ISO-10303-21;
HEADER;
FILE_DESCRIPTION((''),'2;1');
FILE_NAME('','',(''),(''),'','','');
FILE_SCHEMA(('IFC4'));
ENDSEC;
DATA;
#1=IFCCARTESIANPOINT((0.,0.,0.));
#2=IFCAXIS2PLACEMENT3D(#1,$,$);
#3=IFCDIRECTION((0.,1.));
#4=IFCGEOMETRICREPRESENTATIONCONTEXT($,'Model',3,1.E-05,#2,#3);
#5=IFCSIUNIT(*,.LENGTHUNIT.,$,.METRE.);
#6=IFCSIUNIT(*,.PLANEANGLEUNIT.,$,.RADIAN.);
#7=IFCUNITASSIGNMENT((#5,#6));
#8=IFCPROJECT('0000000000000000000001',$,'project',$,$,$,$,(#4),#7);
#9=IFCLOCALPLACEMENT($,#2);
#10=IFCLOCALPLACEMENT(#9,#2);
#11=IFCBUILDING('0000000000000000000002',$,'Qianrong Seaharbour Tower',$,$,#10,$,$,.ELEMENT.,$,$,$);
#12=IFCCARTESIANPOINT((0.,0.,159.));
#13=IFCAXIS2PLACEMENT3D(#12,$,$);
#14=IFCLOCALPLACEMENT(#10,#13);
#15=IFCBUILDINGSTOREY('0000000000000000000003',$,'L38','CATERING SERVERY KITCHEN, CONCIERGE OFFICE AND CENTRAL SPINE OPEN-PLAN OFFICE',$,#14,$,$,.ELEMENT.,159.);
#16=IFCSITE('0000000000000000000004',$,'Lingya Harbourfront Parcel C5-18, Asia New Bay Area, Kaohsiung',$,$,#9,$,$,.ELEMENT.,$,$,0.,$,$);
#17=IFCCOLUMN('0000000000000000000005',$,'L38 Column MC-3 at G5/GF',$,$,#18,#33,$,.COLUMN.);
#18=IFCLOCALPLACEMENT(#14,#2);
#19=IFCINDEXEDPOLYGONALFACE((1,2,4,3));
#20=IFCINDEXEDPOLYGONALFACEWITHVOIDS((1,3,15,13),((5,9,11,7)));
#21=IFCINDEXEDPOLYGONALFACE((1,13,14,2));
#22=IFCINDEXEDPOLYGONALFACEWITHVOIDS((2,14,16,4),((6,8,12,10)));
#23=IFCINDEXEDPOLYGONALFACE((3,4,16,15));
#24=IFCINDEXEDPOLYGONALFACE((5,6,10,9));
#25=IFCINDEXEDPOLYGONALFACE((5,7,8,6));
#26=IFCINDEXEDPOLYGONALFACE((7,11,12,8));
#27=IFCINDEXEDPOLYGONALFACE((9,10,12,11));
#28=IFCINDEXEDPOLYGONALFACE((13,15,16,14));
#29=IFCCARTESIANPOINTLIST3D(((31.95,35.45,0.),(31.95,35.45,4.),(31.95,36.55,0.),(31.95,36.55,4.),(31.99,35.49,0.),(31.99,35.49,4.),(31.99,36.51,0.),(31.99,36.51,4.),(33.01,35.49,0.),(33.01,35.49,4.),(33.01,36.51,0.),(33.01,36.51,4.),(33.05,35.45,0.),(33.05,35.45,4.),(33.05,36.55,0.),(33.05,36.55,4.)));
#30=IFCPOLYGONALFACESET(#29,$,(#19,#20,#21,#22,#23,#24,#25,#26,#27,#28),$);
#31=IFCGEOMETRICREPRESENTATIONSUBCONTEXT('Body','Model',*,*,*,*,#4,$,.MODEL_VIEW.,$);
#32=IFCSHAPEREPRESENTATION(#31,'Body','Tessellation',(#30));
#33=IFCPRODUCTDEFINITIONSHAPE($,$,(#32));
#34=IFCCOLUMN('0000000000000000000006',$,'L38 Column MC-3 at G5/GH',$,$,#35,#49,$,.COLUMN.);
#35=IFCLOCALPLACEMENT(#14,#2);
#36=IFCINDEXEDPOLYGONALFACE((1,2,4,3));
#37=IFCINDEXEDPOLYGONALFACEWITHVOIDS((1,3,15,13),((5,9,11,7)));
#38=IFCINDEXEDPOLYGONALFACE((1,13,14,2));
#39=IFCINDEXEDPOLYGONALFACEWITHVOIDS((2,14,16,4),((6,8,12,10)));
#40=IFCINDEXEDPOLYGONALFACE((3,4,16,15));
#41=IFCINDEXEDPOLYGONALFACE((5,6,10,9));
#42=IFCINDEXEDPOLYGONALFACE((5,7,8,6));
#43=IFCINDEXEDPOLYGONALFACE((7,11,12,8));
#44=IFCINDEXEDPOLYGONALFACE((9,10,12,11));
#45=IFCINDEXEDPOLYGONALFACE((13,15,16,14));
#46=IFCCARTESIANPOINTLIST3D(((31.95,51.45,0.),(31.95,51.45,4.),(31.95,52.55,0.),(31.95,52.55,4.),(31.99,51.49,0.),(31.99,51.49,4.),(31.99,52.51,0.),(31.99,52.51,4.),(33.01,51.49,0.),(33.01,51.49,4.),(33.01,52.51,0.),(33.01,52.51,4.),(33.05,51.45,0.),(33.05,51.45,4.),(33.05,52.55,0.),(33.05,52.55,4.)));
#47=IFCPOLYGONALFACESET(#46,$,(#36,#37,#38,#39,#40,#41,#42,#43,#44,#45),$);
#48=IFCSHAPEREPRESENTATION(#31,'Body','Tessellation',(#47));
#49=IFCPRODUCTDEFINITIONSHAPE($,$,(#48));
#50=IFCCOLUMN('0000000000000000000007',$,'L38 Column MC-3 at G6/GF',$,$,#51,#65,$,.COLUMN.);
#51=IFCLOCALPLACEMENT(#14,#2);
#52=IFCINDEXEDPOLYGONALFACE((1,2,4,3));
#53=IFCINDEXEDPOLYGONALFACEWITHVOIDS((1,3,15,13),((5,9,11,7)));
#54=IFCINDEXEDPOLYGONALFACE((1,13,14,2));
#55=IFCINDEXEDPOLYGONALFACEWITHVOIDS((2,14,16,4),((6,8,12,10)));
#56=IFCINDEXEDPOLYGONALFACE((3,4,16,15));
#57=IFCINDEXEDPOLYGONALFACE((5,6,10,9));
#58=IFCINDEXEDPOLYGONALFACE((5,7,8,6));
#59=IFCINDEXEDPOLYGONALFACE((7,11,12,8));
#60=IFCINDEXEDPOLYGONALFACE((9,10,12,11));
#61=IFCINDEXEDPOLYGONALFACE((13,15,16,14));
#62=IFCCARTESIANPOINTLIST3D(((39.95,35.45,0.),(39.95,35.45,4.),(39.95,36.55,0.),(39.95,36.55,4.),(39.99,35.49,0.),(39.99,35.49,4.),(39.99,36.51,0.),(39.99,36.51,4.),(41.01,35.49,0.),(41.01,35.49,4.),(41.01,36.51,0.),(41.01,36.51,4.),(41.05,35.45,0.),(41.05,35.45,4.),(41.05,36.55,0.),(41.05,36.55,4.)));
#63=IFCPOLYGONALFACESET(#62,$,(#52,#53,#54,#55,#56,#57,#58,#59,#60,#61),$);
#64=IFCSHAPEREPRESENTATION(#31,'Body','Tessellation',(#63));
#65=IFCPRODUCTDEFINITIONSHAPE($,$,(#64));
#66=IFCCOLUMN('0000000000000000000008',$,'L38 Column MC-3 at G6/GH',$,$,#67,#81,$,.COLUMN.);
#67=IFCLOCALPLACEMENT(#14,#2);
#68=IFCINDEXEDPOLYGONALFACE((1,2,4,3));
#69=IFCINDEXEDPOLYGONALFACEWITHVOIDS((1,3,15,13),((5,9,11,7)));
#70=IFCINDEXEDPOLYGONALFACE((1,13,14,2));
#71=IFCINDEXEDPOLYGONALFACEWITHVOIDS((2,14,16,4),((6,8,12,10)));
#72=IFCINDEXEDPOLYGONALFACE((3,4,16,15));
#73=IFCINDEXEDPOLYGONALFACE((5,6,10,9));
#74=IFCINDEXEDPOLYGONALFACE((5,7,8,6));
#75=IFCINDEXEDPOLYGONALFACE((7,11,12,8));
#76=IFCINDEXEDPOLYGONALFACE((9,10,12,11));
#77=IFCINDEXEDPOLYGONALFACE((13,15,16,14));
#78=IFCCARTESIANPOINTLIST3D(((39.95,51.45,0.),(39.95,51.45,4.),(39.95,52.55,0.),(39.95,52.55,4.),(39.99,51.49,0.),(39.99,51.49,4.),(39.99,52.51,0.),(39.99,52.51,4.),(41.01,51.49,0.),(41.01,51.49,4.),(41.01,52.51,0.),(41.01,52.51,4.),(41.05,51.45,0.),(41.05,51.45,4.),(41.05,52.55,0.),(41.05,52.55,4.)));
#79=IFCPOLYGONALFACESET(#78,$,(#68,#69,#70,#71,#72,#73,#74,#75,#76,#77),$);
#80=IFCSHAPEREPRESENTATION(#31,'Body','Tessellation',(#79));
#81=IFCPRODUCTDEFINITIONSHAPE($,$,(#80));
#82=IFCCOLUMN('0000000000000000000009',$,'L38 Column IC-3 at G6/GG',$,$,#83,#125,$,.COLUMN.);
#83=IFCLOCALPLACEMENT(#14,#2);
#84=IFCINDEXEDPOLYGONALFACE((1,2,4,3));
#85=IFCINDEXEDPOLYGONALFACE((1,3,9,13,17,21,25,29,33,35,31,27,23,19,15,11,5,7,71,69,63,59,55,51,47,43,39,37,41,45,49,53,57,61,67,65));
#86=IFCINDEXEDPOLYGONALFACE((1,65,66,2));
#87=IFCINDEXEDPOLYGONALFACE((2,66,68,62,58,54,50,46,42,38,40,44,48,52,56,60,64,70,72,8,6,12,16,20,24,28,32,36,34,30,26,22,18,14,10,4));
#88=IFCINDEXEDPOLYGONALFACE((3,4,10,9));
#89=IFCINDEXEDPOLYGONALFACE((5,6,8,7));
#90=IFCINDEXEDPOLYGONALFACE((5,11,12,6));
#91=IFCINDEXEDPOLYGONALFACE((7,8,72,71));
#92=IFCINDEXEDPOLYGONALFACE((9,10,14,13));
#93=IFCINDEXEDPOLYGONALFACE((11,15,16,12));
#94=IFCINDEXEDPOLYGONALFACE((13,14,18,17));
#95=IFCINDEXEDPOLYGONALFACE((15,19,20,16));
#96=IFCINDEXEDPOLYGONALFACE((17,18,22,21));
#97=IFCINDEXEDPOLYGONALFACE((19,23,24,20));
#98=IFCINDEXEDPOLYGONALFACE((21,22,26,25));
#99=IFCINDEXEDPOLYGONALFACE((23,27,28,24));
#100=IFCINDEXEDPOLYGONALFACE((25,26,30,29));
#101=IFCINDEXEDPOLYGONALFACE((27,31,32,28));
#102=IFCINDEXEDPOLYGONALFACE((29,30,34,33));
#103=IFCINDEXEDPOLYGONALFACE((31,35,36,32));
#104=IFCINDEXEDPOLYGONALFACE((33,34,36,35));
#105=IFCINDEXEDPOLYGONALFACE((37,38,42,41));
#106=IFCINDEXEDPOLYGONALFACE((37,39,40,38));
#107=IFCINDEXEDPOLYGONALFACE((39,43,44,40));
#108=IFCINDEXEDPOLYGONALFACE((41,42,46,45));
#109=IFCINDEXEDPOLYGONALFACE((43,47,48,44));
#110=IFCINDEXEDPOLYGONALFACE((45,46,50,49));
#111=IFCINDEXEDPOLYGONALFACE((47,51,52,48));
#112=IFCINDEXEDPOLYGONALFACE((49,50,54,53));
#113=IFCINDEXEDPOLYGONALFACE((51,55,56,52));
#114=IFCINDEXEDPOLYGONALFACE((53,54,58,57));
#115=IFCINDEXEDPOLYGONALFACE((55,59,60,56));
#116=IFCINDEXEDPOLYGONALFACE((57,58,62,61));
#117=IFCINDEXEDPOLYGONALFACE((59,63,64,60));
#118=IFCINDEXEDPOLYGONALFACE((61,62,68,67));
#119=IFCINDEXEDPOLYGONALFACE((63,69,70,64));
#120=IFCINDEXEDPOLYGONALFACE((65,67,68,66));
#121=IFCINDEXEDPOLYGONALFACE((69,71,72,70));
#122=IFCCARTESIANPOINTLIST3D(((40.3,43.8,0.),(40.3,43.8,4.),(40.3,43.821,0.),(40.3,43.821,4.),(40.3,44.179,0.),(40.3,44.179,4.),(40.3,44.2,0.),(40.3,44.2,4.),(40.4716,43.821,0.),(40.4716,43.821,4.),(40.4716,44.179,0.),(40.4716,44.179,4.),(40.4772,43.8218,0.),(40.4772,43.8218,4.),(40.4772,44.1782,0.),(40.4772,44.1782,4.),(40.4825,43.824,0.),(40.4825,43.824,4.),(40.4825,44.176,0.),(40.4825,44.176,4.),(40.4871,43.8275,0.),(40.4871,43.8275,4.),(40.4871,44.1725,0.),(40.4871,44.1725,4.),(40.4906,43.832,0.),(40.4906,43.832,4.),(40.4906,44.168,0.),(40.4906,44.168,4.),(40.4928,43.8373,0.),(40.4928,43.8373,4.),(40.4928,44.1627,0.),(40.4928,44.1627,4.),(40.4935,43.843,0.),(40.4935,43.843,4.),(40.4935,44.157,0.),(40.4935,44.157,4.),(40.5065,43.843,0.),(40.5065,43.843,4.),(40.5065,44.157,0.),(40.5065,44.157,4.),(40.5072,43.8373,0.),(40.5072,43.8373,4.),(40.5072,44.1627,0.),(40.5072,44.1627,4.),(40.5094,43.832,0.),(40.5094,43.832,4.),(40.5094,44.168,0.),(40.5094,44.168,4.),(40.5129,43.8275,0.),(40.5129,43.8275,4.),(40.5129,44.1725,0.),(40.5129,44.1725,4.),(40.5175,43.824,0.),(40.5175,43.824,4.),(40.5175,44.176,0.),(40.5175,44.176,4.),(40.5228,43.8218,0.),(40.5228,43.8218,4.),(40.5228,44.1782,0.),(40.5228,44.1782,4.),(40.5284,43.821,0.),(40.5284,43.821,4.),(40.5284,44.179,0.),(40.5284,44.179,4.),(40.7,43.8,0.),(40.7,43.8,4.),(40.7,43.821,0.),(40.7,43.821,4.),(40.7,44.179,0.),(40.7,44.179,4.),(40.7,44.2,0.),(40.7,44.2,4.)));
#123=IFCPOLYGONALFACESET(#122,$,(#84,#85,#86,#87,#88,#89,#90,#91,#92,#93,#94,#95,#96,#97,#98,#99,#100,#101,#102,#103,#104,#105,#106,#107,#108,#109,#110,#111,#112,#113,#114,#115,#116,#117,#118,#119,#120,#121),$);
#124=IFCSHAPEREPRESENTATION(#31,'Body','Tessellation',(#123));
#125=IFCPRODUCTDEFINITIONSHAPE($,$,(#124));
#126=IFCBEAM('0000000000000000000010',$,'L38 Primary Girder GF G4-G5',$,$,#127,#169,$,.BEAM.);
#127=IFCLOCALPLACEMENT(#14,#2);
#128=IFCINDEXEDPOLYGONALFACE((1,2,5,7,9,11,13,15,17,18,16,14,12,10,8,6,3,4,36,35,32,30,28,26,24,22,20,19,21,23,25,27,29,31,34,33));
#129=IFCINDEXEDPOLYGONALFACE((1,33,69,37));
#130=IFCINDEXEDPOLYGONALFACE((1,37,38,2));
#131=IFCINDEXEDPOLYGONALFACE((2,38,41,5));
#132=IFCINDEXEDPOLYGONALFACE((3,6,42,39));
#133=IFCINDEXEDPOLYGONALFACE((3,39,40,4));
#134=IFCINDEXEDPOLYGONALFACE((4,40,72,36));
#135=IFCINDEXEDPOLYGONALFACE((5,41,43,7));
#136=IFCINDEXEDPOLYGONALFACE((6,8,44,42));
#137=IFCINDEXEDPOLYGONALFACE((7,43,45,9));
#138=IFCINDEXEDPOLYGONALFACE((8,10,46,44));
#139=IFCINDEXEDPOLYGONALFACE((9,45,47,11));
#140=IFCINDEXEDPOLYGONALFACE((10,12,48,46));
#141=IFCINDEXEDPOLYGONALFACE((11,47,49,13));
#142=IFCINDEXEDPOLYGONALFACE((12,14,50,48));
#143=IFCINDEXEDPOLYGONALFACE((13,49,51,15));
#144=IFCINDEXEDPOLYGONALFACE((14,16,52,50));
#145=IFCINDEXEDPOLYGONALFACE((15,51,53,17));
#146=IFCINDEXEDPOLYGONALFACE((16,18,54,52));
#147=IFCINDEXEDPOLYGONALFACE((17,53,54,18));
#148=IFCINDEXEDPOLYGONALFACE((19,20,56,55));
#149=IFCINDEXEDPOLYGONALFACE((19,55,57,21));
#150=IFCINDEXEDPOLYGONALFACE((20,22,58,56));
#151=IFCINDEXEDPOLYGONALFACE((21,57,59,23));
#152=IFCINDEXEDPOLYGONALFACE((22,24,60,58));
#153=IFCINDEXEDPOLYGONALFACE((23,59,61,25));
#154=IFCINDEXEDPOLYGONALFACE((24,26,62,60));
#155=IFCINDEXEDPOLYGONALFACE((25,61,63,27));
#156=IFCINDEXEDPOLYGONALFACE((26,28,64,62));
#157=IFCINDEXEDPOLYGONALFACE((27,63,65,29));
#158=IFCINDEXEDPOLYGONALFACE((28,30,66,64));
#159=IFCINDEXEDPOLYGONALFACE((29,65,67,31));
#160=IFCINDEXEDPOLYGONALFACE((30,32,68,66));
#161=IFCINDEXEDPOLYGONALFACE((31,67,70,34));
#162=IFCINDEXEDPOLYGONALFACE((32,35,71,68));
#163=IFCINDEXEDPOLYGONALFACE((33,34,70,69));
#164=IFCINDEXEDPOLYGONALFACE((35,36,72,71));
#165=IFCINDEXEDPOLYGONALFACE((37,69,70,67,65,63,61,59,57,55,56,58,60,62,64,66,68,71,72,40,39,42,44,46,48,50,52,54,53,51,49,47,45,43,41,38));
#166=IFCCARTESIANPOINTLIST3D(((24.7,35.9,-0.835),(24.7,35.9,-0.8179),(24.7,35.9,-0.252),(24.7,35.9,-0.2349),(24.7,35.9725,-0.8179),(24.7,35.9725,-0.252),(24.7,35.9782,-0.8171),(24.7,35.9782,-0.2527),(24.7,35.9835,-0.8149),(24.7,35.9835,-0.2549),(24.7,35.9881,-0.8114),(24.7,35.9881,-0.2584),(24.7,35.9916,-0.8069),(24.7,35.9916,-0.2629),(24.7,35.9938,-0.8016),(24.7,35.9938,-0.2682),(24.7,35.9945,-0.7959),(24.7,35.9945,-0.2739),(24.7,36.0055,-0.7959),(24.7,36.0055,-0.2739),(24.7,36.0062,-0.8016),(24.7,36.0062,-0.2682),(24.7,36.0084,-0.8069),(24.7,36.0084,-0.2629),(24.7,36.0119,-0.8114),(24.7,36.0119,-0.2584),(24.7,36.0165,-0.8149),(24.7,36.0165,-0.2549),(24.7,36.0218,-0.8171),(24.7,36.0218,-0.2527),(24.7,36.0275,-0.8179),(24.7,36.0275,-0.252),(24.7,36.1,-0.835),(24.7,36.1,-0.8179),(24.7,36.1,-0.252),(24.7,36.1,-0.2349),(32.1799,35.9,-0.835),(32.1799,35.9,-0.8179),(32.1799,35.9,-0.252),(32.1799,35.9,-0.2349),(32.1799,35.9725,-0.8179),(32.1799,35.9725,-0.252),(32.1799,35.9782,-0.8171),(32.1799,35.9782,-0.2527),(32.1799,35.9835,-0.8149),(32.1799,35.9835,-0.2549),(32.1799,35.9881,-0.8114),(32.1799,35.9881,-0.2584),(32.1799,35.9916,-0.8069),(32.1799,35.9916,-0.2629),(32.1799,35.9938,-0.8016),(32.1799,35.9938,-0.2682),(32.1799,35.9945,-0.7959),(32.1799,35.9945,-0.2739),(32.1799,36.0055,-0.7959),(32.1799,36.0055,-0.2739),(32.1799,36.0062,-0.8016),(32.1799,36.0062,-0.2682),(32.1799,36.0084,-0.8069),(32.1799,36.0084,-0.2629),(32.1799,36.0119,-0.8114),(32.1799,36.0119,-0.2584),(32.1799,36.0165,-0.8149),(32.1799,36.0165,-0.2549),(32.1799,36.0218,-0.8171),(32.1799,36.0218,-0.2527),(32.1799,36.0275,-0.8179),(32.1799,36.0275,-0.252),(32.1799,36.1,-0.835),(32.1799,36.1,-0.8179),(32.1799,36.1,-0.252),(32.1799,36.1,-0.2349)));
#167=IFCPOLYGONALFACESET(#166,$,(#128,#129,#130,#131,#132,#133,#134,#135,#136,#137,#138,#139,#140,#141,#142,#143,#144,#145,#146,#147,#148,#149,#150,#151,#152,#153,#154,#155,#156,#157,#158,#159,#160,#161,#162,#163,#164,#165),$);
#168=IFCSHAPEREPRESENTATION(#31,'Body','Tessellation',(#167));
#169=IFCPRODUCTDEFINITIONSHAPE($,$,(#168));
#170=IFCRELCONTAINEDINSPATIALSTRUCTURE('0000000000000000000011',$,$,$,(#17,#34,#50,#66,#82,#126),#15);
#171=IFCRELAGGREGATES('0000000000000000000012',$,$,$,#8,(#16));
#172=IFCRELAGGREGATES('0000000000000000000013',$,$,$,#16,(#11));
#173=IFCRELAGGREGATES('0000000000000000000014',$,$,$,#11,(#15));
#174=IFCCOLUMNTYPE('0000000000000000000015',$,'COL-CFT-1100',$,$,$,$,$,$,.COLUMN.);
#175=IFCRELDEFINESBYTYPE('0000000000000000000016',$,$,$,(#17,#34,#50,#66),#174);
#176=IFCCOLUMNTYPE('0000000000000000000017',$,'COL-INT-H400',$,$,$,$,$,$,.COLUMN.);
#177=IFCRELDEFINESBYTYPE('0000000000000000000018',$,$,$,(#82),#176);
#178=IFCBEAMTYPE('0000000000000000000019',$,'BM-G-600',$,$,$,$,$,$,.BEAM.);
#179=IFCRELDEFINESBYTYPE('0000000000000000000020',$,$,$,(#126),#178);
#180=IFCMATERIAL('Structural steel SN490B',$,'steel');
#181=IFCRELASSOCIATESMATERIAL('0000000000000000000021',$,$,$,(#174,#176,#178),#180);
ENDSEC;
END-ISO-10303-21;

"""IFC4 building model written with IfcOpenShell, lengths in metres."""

from ifc_helpers import new_model, si_unit, direction, frame, origin, origin_2d, place, context, subcontext, project, spatial, hollow_rectangle, i_section, extrude, material, material_profile, profile_set, type_object, element, save


model = new_model("IFC4")

# Units and contexts
model_context = context("Model", 3, precision=1e-05, world=origin(), true_north=direction((0.0, 1.0)))
body_context = subcontext(model_context, "Body", "Model", "MODEL_VIEW")
ifc_project = project(units=[si_unit("LENGTHUNIT", "METRE"), si_unit("PLANEANGLEUNIT", "RADIAN")], contexts=[model_context])

# Site, building, storey
site_placement = place(None, origin())
site = spatial("IfcSite", under=ifc_project, at=site_placement, Name="Lingya Harbourfront Parcel C5-18, Asia New Bay Area, Kaohsiung", CompositionType="ELEMENT", RefElevation=0.0)
building_placement = place(site_placement, origin())
building = spatial("IfcBuilding", under=site, at=building_placement, Name="Qianrong Seaharbour Tower", CompositionType="ELEMENT")
storey_placement = place(building_placement, frame((0.0, 0.0, 159.0)))
storey = spatial("IfcBuildingStorey", under=building, at=storey_placement, Name="L38", Description="CATERING SERVERY KITCHEN, CONCIERGE OFFICE AND CENTRAL SPINE OPEN-PLAN OFFICE", CompositionType="ELEMENT", Elevation=159.0)

# Columns
ifc_material_1 = material(Name="Structural steel SN490B", Category="steel")
ifc_material_profile_1 = material_profile(ifc_material_1, hollow_rectangle(XDim=1.1001, YDim=1.1001, WallThickness=0.04, at=origin_2d()), Name="BOX1100x1100x40")
ifc_profile_set_1 = profile_set([ifc_material_profile_1], Name="Structural steel SN490B")
column_type_1 = type_object("IfcColumnType", Name="COL-CFT-1100", PredefinedType="COLUMN", material=ifc_profile_set_1)
for number, where, z_axis, x_axis, name in (
    (1, (32.5, 36.0, 0.0), (0.0, 0.0, 1.0), (1.0, 0.0, 0.0), "L38 Column MC-3 at G5/GF"),
    (2, (32.5, 52.0, 0.0), (0.0, 0.0, 1.0), (1.0, 0.0, 0.0), "L38 Column MC-3 at G5/GH"),
    (3, (40.5, 36.0, 0.0), (0.0, 0.0, 1.0), (1.0, 0.0, 0.0), "L38 Column MC-3 at G6/GF"),
    (4, (40.5, 52.0, 0.0), (0.0, 0.0, 1.0), (1.0, 0.0, 0.0), "L38 Column MC-3 at G6/GH"),
):
    element("IfcColumn", number, at=place(storey_placement, frame(where, z_axis=z_axis, x_axis=x_axis)), inside=storey, type_object=column_type_1, Name=name, PredefinedType="COLUMN", context=body_context, shape_type="SweptSolid", body=[
        extrude(hollow_rectangle(XDim=1.1001, YDim=1.1001, WallThickness=0.04, at=origin_2d()), origin(), (0.0, 0.0, 1.0), 4.0),
    ])
ifc_material_profile_2 = material_profile(ifc_material_1, i_section(OverallWidth=0.3999, OverallDepth=0.3999, WebThickness=0.0129, FlangeThickness=0.021, FilletRadius=0.022, at=origin_2d()), Name="H400x400x13x21")
ifc_profile_set_2 = profile_set([ifc_material_profile_2], Name="Structural steel SN490B")
column_type_2 = type_object("IfcColumnType", Name="COL-INT-H400", PredefinedType="COLUMN", material=ifc_profile_set_2)
column_placement = place(storey_placement, frame((40.5, 44.0, 0.0), z_axis=(0.0, 0.0, 1.0), x_axis=(1.0, 0.0, 0.0)))
element("IfcColumn", 5, at=column_placement, inside=storey, type_object=column_type_2, Name="L38 Column IC-3 at G6/GG", PredefinedType="COLUMN", context=body_context, shape_type="SweptSolid", body=[
    extrude(i_section(OverallWidth=0.3999, OverallDepth=0.3999, WebThickness=0.0129, FlangeThickness=0.021, FilletRadius=0.022, at=origin_2d()), origin(), (0.0, 0.0, 1.0), 4.0),
])

# Beam
ifc_material_profile_3 = material_profile(ifc_material_1, i_section(OverallWidth=0.2, OverallDepth=0.6001, WebThickness=0.011, FlangeThickness=0.0171, FilletRadius=0.022, at=origin_2d()), Name="H600x200x11x17")
ifc_profile_set_3 = profile_set([ifc_material_profile_3], Name="Structural steel SN490B")
beam_type_1 = type_object("IfcBeamType", Name="BM-G-600", PredefinedType="BEAM", material=ifc_profile_set_3)
beam_1_placement = place(storey_placement, frame((24.7, 36.0, -0.5349), z_axis=(1.0, 0.0, 0.0), x_axis=(0.0, 1.0, 0.0)))
element("IfcBeam", 6, at=beam_1_placement, inside=storey, type_object=beam_type_1, Name="L38 Primary Girder GF G4-G5", PredefinedType="BEAM", context=body_context, shape_type="SweptSolid", body=[
    extrude(i_section(OverallWidth=0.2, OverallDepth=0.6001, WebThickness=0.011, FlangeThickness=0.0171, FilletRadius=0.022, at=origin_2d()), origin(), (0.0, 0.0, 1.0), 7.48),
])

save(model, "model.ifc")
